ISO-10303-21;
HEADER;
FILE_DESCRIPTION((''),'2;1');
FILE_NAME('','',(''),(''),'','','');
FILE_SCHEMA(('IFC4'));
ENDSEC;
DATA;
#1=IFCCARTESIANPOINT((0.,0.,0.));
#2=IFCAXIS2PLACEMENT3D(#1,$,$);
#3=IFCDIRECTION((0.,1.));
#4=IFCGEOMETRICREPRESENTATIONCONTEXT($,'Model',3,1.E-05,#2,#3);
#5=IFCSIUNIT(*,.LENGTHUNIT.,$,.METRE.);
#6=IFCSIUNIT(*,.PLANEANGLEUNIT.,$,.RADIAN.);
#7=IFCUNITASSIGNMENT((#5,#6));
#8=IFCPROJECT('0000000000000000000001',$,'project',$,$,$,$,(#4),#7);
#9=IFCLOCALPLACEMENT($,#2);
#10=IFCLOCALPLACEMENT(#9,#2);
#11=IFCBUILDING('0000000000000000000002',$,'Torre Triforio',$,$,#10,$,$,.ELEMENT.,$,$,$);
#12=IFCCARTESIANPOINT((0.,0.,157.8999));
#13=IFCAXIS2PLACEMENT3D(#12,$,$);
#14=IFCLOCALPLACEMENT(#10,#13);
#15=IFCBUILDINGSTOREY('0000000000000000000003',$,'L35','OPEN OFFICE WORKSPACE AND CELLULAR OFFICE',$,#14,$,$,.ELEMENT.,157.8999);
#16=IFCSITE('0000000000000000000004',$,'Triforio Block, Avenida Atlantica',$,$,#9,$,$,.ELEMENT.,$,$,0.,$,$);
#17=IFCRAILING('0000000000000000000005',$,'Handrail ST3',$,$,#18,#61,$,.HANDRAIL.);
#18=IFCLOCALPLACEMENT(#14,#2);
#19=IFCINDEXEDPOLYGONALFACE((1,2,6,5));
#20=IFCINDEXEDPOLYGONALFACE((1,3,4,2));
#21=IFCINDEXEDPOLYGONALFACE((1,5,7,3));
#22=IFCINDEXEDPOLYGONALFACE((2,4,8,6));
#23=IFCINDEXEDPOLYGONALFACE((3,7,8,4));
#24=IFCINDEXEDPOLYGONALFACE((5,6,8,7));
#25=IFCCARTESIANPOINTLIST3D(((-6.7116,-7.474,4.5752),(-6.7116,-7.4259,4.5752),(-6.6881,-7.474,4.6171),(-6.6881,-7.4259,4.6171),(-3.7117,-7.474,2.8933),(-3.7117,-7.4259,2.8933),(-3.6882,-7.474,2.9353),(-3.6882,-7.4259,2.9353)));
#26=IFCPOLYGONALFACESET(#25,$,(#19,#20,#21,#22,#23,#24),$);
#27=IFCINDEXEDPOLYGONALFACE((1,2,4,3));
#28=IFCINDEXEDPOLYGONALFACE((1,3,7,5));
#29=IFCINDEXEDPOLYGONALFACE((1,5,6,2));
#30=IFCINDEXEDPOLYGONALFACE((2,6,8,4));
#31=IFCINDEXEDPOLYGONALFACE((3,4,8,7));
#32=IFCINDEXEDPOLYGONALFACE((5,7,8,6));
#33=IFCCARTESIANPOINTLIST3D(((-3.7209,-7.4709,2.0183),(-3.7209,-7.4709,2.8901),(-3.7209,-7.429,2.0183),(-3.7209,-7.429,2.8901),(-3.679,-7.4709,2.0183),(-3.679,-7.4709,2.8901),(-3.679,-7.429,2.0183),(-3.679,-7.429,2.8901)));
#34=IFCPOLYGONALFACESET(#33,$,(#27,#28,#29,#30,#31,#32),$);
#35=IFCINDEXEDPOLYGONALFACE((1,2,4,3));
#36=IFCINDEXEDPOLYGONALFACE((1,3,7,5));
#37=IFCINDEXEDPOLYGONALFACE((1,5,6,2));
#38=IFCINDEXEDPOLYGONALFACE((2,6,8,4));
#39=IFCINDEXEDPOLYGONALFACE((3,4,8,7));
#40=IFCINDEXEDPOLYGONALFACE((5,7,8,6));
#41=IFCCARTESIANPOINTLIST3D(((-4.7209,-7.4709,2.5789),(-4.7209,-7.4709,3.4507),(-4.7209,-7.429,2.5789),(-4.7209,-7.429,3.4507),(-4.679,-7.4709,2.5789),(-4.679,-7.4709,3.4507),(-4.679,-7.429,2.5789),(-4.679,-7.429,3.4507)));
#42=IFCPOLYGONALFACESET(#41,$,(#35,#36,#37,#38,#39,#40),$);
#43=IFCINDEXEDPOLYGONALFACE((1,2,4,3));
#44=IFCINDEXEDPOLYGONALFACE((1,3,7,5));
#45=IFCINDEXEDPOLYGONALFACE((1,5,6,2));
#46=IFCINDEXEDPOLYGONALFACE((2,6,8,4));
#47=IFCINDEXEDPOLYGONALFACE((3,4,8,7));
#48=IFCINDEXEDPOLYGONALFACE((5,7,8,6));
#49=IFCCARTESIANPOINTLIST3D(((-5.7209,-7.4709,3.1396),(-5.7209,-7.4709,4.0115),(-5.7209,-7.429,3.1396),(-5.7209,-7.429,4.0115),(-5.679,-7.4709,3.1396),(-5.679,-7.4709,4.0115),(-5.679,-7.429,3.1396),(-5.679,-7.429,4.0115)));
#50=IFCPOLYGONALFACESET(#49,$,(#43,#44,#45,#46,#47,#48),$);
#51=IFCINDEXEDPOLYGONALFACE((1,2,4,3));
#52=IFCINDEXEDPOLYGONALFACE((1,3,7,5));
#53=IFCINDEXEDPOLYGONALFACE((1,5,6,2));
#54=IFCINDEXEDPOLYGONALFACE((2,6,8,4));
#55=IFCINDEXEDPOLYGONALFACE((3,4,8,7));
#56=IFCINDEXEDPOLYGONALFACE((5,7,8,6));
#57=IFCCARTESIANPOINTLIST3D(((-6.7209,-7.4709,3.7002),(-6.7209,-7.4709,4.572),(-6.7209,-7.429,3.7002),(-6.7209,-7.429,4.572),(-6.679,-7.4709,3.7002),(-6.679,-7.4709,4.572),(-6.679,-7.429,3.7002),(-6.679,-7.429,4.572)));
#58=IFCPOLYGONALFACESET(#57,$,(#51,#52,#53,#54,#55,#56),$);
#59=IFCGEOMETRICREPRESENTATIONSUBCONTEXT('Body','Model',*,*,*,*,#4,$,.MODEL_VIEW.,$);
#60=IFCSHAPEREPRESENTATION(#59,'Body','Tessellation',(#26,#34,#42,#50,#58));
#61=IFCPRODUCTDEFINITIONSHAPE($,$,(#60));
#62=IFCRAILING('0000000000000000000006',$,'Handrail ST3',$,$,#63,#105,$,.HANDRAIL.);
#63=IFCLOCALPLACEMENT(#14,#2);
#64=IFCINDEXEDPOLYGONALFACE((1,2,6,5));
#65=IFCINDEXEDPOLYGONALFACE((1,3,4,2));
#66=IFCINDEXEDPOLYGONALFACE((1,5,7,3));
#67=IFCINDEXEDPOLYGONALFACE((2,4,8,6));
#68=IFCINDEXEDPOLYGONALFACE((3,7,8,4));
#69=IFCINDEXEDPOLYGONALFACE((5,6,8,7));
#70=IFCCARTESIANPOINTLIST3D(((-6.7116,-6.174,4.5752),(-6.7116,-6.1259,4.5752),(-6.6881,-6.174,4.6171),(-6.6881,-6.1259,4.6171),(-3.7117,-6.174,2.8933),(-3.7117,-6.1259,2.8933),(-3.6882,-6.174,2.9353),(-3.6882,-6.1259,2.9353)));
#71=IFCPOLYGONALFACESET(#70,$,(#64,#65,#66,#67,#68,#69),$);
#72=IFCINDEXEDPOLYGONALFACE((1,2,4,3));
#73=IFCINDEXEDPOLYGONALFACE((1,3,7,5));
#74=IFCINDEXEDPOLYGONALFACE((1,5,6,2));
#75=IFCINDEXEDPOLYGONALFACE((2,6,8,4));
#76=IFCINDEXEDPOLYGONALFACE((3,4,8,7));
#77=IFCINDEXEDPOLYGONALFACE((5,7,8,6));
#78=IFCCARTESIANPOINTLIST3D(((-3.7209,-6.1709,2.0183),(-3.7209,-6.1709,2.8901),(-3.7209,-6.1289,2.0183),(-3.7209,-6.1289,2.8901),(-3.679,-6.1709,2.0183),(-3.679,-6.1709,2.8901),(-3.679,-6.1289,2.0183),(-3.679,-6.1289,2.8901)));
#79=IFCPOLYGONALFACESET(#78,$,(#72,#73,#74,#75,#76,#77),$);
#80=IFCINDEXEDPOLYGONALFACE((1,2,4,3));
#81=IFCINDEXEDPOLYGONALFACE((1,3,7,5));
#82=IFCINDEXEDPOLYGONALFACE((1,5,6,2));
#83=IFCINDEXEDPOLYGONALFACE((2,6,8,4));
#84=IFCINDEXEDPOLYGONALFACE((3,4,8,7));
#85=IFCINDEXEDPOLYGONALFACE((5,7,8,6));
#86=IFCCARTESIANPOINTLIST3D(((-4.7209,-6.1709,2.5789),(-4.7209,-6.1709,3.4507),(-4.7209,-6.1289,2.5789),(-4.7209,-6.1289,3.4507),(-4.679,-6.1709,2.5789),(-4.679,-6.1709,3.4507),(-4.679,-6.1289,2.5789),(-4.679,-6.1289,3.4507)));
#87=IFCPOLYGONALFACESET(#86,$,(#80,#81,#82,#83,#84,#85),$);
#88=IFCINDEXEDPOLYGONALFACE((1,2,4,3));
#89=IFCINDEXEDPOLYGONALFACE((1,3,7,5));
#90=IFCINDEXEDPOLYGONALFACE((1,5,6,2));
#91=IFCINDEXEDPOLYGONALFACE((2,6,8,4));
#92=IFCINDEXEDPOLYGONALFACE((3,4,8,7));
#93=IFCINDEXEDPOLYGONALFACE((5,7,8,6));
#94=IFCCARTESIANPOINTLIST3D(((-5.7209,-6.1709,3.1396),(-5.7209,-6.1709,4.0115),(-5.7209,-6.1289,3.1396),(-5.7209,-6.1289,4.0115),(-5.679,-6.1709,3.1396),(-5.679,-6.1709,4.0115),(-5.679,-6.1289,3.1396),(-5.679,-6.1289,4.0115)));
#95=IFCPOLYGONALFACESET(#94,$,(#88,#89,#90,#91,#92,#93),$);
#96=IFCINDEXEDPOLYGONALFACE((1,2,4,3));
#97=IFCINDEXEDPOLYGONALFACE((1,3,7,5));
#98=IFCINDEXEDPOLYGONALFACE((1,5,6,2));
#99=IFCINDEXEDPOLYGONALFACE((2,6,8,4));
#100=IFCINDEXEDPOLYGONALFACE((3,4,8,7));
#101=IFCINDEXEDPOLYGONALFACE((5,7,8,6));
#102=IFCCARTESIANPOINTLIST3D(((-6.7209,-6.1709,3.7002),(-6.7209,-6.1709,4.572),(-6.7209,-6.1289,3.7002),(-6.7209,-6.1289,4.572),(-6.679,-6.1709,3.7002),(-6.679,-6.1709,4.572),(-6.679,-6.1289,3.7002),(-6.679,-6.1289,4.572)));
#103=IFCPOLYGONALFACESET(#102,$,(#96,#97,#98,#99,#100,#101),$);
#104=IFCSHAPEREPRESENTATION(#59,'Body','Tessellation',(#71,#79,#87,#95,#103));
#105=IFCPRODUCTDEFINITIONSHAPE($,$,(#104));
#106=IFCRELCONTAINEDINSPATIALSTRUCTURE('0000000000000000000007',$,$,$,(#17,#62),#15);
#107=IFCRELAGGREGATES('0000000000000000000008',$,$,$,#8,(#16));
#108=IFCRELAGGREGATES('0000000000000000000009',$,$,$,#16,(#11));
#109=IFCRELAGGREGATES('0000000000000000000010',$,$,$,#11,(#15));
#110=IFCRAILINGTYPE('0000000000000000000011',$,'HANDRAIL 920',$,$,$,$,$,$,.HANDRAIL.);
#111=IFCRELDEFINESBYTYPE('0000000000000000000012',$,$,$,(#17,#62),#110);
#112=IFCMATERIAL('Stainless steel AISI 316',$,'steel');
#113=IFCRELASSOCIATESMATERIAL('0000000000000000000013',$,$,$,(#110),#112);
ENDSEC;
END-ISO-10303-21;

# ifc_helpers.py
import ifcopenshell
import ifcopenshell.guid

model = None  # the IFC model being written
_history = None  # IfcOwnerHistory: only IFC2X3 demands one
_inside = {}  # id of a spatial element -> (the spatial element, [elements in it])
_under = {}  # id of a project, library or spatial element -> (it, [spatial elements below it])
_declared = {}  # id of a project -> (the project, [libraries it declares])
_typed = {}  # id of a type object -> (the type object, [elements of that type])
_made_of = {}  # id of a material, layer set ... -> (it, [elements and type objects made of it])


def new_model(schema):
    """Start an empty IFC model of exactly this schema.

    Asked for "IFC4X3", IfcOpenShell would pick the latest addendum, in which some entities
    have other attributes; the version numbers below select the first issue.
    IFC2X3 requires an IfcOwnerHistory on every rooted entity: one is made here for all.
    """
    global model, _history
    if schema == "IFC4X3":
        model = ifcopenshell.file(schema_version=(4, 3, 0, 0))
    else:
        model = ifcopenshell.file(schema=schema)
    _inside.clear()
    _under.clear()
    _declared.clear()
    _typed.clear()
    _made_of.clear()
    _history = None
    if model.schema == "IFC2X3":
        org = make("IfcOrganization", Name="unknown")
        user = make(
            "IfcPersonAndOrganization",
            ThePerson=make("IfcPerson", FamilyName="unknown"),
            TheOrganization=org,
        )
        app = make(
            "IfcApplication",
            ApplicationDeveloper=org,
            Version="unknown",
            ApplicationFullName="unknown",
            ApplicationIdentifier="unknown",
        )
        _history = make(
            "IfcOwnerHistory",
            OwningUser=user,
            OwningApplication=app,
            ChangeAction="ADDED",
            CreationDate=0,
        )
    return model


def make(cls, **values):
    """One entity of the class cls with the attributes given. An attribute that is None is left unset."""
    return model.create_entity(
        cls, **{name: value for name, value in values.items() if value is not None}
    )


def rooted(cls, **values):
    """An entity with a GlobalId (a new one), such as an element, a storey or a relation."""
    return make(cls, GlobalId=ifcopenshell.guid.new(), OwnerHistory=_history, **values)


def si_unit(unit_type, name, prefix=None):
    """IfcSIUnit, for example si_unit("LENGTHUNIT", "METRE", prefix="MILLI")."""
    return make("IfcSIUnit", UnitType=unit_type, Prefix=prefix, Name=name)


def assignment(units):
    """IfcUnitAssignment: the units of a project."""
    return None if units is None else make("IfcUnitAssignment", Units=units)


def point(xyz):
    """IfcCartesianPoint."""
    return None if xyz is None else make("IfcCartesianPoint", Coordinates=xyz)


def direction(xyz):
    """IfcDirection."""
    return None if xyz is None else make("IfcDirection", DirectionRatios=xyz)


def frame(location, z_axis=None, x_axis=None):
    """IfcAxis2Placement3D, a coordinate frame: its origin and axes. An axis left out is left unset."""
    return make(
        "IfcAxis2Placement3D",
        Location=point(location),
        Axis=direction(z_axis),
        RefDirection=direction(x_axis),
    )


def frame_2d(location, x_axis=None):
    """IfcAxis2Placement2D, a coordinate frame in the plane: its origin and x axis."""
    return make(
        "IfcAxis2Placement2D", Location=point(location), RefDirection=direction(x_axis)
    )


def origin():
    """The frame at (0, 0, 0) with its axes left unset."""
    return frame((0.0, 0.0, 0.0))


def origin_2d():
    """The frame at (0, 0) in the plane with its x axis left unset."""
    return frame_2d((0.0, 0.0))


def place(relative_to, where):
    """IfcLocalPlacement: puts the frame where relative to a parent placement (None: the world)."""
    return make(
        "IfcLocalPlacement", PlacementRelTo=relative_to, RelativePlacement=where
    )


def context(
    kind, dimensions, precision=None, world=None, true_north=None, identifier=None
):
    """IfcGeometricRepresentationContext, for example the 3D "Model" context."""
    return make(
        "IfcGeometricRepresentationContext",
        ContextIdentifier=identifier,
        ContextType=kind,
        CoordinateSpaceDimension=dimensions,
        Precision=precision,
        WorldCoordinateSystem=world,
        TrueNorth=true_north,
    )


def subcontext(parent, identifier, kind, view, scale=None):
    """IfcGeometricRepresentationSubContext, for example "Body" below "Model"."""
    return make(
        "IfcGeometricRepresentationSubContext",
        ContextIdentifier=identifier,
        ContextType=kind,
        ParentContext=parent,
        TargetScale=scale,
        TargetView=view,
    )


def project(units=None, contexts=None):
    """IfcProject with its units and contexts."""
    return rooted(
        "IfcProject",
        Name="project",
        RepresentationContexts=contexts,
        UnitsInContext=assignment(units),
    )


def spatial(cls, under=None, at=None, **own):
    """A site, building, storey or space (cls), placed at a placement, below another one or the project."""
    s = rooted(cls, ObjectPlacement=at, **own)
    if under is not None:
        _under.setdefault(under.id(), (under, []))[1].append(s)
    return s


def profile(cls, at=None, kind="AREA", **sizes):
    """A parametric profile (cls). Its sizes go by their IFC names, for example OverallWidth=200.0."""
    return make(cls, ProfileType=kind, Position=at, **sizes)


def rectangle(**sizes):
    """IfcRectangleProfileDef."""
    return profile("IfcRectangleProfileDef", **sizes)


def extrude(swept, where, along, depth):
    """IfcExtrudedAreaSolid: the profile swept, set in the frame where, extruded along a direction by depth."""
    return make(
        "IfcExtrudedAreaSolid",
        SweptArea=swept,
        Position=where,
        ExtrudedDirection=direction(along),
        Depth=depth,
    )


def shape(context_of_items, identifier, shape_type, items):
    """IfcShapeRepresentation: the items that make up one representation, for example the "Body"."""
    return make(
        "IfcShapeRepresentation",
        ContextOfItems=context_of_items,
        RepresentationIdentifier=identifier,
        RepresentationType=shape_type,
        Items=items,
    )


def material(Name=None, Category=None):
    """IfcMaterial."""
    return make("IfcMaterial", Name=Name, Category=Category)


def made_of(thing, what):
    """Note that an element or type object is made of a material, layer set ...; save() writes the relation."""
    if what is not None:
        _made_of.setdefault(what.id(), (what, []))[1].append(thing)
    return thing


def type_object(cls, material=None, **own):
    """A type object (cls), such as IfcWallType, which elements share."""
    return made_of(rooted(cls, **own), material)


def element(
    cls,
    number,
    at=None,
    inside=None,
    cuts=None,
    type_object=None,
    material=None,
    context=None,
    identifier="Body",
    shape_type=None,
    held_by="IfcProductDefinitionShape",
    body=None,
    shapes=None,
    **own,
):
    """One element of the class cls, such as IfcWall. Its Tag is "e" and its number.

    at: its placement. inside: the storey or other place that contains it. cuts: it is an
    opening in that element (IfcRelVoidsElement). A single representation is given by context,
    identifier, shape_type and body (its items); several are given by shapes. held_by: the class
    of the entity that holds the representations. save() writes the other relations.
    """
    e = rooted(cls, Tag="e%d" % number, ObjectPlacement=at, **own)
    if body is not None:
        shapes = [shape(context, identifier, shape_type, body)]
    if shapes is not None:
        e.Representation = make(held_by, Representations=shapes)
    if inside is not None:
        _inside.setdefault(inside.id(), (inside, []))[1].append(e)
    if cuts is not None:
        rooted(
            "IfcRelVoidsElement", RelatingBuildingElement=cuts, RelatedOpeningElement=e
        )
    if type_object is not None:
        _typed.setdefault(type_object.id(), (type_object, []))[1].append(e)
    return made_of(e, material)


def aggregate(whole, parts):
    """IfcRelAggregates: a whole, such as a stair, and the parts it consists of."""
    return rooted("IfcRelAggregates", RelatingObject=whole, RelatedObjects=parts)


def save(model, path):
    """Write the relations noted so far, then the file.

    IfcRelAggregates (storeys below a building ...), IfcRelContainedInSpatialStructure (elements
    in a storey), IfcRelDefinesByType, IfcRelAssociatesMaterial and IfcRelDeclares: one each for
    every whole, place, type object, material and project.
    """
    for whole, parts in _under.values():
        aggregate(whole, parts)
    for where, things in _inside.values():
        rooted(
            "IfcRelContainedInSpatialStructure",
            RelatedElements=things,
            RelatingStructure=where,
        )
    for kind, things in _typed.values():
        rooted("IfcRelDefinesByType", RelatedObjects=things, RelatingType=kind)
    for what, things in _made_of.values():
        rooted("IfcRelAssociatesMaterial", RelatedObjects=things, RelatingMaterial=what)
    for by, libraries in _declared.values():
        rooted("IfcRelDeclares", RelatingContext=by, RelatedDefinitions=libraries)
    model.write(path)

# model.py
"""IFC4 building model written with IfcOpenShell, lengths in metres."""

from ifc_helpers import new_model, si_unit, direction, frame, origin, origin_2d, place, context, subcontext, project, spatial, rectangle, extrude, material, type_object, element, save


model = new_model("IFC4")

# Units and contexts
model_context = context("Model", 3, precision=1e-05, world=origin(), true_north=direction((0.0, 1.0)))
body_context = subcontext(model_context, "Body", "Model", "MODEL_VIEW")
ifc_project = project(units=[si_unit("LENGTHUNIT", "METRE"), si_unit("PLANEANGLEUNIT", "RADIAN")], contexts=[model_context])

# Site, building, storey
site_placement = place(None, origin())
site = spatial("IfcSite", under=ifc_project, at=site_placement, Name="Triforio Block, Avenida Atlantica", CompositionType="ELEMENT", RefElevation=0.0)
building_placement = place(site_placement, origin())
building = spatial("IfcBuilding", under=site, at=building_placement, Name="Torre Triforio", CompositionType="ELEMENT")
storey_placement = place(building_placement, frame((0.0, 0.0, 157.8999)))
storey = spatial("IfcBuildingStorey", under=building, at=storey_placement, Name="L35", Description="OPEN OFFICE WORKSPACE AND CELLULAR OFFICE", CompositionType="ELEMENT", Elevation=157.8999)

# Railings
ifc_material_1 = material(Name="Stainless steel AISI 316", Category="steel")
railing_type = type_object("IfcRailingType", Name="HANDRAIL 920", PredefinedType="HANDRAIL", material=ifc_material_1)
for number, where, name in (
    (1, (-3.7, -7.45, 2.0183), "Handrail ST3"),
    (2, (-3.7, -6.1499, 2.0183), "Handrail ST3"),
):
    element("IfcRailing", number, at=place(storey_placement, frame(where)), inside=storey, type_object=railing_type, Name=name, PredefinedType="HANDRAIL", context=body_context, shape_type="SweptSolid", body=[
        extrude(rectangle(XDim=0.0481, YDim=0.0481, at=origin_2d()), frame((0.0, 0.0, 0.896), z_axis=(-0.872272, 0.0, 0.48902), x_axis=(0.0, -1.0, 0.0)), (0.0, 0.0, 1.0), 3.4392),
        extrude(rectangle(XDim=0.042, YDim=0.042, at=origin_2d()), origin(), (0.0, 0.0, 1.0), 0.8718),
        extrude(rectangle(XDim=0.042, YDim=0.042, at=origin_2d()), frame((-1.0, 0.0, 0.5605)), (0.0, 0.0, 1.0), 0.8718),
        extrude(rectangle(XDim=0.042, YDim=0.042, at=origin_2d()), frame((-2.0, 0.0, 1.1213)), (0.0, 0.0, 1.0), 0.8718),
        extrude(rectangle(XDim=0.042, YDim=0.042, at=origin_2d()), frame((-3.0, 0.0, 1.6819)), (0.0, 0.0, 1.0), 0.8718),
    ])

save(model, "model.ifc")
